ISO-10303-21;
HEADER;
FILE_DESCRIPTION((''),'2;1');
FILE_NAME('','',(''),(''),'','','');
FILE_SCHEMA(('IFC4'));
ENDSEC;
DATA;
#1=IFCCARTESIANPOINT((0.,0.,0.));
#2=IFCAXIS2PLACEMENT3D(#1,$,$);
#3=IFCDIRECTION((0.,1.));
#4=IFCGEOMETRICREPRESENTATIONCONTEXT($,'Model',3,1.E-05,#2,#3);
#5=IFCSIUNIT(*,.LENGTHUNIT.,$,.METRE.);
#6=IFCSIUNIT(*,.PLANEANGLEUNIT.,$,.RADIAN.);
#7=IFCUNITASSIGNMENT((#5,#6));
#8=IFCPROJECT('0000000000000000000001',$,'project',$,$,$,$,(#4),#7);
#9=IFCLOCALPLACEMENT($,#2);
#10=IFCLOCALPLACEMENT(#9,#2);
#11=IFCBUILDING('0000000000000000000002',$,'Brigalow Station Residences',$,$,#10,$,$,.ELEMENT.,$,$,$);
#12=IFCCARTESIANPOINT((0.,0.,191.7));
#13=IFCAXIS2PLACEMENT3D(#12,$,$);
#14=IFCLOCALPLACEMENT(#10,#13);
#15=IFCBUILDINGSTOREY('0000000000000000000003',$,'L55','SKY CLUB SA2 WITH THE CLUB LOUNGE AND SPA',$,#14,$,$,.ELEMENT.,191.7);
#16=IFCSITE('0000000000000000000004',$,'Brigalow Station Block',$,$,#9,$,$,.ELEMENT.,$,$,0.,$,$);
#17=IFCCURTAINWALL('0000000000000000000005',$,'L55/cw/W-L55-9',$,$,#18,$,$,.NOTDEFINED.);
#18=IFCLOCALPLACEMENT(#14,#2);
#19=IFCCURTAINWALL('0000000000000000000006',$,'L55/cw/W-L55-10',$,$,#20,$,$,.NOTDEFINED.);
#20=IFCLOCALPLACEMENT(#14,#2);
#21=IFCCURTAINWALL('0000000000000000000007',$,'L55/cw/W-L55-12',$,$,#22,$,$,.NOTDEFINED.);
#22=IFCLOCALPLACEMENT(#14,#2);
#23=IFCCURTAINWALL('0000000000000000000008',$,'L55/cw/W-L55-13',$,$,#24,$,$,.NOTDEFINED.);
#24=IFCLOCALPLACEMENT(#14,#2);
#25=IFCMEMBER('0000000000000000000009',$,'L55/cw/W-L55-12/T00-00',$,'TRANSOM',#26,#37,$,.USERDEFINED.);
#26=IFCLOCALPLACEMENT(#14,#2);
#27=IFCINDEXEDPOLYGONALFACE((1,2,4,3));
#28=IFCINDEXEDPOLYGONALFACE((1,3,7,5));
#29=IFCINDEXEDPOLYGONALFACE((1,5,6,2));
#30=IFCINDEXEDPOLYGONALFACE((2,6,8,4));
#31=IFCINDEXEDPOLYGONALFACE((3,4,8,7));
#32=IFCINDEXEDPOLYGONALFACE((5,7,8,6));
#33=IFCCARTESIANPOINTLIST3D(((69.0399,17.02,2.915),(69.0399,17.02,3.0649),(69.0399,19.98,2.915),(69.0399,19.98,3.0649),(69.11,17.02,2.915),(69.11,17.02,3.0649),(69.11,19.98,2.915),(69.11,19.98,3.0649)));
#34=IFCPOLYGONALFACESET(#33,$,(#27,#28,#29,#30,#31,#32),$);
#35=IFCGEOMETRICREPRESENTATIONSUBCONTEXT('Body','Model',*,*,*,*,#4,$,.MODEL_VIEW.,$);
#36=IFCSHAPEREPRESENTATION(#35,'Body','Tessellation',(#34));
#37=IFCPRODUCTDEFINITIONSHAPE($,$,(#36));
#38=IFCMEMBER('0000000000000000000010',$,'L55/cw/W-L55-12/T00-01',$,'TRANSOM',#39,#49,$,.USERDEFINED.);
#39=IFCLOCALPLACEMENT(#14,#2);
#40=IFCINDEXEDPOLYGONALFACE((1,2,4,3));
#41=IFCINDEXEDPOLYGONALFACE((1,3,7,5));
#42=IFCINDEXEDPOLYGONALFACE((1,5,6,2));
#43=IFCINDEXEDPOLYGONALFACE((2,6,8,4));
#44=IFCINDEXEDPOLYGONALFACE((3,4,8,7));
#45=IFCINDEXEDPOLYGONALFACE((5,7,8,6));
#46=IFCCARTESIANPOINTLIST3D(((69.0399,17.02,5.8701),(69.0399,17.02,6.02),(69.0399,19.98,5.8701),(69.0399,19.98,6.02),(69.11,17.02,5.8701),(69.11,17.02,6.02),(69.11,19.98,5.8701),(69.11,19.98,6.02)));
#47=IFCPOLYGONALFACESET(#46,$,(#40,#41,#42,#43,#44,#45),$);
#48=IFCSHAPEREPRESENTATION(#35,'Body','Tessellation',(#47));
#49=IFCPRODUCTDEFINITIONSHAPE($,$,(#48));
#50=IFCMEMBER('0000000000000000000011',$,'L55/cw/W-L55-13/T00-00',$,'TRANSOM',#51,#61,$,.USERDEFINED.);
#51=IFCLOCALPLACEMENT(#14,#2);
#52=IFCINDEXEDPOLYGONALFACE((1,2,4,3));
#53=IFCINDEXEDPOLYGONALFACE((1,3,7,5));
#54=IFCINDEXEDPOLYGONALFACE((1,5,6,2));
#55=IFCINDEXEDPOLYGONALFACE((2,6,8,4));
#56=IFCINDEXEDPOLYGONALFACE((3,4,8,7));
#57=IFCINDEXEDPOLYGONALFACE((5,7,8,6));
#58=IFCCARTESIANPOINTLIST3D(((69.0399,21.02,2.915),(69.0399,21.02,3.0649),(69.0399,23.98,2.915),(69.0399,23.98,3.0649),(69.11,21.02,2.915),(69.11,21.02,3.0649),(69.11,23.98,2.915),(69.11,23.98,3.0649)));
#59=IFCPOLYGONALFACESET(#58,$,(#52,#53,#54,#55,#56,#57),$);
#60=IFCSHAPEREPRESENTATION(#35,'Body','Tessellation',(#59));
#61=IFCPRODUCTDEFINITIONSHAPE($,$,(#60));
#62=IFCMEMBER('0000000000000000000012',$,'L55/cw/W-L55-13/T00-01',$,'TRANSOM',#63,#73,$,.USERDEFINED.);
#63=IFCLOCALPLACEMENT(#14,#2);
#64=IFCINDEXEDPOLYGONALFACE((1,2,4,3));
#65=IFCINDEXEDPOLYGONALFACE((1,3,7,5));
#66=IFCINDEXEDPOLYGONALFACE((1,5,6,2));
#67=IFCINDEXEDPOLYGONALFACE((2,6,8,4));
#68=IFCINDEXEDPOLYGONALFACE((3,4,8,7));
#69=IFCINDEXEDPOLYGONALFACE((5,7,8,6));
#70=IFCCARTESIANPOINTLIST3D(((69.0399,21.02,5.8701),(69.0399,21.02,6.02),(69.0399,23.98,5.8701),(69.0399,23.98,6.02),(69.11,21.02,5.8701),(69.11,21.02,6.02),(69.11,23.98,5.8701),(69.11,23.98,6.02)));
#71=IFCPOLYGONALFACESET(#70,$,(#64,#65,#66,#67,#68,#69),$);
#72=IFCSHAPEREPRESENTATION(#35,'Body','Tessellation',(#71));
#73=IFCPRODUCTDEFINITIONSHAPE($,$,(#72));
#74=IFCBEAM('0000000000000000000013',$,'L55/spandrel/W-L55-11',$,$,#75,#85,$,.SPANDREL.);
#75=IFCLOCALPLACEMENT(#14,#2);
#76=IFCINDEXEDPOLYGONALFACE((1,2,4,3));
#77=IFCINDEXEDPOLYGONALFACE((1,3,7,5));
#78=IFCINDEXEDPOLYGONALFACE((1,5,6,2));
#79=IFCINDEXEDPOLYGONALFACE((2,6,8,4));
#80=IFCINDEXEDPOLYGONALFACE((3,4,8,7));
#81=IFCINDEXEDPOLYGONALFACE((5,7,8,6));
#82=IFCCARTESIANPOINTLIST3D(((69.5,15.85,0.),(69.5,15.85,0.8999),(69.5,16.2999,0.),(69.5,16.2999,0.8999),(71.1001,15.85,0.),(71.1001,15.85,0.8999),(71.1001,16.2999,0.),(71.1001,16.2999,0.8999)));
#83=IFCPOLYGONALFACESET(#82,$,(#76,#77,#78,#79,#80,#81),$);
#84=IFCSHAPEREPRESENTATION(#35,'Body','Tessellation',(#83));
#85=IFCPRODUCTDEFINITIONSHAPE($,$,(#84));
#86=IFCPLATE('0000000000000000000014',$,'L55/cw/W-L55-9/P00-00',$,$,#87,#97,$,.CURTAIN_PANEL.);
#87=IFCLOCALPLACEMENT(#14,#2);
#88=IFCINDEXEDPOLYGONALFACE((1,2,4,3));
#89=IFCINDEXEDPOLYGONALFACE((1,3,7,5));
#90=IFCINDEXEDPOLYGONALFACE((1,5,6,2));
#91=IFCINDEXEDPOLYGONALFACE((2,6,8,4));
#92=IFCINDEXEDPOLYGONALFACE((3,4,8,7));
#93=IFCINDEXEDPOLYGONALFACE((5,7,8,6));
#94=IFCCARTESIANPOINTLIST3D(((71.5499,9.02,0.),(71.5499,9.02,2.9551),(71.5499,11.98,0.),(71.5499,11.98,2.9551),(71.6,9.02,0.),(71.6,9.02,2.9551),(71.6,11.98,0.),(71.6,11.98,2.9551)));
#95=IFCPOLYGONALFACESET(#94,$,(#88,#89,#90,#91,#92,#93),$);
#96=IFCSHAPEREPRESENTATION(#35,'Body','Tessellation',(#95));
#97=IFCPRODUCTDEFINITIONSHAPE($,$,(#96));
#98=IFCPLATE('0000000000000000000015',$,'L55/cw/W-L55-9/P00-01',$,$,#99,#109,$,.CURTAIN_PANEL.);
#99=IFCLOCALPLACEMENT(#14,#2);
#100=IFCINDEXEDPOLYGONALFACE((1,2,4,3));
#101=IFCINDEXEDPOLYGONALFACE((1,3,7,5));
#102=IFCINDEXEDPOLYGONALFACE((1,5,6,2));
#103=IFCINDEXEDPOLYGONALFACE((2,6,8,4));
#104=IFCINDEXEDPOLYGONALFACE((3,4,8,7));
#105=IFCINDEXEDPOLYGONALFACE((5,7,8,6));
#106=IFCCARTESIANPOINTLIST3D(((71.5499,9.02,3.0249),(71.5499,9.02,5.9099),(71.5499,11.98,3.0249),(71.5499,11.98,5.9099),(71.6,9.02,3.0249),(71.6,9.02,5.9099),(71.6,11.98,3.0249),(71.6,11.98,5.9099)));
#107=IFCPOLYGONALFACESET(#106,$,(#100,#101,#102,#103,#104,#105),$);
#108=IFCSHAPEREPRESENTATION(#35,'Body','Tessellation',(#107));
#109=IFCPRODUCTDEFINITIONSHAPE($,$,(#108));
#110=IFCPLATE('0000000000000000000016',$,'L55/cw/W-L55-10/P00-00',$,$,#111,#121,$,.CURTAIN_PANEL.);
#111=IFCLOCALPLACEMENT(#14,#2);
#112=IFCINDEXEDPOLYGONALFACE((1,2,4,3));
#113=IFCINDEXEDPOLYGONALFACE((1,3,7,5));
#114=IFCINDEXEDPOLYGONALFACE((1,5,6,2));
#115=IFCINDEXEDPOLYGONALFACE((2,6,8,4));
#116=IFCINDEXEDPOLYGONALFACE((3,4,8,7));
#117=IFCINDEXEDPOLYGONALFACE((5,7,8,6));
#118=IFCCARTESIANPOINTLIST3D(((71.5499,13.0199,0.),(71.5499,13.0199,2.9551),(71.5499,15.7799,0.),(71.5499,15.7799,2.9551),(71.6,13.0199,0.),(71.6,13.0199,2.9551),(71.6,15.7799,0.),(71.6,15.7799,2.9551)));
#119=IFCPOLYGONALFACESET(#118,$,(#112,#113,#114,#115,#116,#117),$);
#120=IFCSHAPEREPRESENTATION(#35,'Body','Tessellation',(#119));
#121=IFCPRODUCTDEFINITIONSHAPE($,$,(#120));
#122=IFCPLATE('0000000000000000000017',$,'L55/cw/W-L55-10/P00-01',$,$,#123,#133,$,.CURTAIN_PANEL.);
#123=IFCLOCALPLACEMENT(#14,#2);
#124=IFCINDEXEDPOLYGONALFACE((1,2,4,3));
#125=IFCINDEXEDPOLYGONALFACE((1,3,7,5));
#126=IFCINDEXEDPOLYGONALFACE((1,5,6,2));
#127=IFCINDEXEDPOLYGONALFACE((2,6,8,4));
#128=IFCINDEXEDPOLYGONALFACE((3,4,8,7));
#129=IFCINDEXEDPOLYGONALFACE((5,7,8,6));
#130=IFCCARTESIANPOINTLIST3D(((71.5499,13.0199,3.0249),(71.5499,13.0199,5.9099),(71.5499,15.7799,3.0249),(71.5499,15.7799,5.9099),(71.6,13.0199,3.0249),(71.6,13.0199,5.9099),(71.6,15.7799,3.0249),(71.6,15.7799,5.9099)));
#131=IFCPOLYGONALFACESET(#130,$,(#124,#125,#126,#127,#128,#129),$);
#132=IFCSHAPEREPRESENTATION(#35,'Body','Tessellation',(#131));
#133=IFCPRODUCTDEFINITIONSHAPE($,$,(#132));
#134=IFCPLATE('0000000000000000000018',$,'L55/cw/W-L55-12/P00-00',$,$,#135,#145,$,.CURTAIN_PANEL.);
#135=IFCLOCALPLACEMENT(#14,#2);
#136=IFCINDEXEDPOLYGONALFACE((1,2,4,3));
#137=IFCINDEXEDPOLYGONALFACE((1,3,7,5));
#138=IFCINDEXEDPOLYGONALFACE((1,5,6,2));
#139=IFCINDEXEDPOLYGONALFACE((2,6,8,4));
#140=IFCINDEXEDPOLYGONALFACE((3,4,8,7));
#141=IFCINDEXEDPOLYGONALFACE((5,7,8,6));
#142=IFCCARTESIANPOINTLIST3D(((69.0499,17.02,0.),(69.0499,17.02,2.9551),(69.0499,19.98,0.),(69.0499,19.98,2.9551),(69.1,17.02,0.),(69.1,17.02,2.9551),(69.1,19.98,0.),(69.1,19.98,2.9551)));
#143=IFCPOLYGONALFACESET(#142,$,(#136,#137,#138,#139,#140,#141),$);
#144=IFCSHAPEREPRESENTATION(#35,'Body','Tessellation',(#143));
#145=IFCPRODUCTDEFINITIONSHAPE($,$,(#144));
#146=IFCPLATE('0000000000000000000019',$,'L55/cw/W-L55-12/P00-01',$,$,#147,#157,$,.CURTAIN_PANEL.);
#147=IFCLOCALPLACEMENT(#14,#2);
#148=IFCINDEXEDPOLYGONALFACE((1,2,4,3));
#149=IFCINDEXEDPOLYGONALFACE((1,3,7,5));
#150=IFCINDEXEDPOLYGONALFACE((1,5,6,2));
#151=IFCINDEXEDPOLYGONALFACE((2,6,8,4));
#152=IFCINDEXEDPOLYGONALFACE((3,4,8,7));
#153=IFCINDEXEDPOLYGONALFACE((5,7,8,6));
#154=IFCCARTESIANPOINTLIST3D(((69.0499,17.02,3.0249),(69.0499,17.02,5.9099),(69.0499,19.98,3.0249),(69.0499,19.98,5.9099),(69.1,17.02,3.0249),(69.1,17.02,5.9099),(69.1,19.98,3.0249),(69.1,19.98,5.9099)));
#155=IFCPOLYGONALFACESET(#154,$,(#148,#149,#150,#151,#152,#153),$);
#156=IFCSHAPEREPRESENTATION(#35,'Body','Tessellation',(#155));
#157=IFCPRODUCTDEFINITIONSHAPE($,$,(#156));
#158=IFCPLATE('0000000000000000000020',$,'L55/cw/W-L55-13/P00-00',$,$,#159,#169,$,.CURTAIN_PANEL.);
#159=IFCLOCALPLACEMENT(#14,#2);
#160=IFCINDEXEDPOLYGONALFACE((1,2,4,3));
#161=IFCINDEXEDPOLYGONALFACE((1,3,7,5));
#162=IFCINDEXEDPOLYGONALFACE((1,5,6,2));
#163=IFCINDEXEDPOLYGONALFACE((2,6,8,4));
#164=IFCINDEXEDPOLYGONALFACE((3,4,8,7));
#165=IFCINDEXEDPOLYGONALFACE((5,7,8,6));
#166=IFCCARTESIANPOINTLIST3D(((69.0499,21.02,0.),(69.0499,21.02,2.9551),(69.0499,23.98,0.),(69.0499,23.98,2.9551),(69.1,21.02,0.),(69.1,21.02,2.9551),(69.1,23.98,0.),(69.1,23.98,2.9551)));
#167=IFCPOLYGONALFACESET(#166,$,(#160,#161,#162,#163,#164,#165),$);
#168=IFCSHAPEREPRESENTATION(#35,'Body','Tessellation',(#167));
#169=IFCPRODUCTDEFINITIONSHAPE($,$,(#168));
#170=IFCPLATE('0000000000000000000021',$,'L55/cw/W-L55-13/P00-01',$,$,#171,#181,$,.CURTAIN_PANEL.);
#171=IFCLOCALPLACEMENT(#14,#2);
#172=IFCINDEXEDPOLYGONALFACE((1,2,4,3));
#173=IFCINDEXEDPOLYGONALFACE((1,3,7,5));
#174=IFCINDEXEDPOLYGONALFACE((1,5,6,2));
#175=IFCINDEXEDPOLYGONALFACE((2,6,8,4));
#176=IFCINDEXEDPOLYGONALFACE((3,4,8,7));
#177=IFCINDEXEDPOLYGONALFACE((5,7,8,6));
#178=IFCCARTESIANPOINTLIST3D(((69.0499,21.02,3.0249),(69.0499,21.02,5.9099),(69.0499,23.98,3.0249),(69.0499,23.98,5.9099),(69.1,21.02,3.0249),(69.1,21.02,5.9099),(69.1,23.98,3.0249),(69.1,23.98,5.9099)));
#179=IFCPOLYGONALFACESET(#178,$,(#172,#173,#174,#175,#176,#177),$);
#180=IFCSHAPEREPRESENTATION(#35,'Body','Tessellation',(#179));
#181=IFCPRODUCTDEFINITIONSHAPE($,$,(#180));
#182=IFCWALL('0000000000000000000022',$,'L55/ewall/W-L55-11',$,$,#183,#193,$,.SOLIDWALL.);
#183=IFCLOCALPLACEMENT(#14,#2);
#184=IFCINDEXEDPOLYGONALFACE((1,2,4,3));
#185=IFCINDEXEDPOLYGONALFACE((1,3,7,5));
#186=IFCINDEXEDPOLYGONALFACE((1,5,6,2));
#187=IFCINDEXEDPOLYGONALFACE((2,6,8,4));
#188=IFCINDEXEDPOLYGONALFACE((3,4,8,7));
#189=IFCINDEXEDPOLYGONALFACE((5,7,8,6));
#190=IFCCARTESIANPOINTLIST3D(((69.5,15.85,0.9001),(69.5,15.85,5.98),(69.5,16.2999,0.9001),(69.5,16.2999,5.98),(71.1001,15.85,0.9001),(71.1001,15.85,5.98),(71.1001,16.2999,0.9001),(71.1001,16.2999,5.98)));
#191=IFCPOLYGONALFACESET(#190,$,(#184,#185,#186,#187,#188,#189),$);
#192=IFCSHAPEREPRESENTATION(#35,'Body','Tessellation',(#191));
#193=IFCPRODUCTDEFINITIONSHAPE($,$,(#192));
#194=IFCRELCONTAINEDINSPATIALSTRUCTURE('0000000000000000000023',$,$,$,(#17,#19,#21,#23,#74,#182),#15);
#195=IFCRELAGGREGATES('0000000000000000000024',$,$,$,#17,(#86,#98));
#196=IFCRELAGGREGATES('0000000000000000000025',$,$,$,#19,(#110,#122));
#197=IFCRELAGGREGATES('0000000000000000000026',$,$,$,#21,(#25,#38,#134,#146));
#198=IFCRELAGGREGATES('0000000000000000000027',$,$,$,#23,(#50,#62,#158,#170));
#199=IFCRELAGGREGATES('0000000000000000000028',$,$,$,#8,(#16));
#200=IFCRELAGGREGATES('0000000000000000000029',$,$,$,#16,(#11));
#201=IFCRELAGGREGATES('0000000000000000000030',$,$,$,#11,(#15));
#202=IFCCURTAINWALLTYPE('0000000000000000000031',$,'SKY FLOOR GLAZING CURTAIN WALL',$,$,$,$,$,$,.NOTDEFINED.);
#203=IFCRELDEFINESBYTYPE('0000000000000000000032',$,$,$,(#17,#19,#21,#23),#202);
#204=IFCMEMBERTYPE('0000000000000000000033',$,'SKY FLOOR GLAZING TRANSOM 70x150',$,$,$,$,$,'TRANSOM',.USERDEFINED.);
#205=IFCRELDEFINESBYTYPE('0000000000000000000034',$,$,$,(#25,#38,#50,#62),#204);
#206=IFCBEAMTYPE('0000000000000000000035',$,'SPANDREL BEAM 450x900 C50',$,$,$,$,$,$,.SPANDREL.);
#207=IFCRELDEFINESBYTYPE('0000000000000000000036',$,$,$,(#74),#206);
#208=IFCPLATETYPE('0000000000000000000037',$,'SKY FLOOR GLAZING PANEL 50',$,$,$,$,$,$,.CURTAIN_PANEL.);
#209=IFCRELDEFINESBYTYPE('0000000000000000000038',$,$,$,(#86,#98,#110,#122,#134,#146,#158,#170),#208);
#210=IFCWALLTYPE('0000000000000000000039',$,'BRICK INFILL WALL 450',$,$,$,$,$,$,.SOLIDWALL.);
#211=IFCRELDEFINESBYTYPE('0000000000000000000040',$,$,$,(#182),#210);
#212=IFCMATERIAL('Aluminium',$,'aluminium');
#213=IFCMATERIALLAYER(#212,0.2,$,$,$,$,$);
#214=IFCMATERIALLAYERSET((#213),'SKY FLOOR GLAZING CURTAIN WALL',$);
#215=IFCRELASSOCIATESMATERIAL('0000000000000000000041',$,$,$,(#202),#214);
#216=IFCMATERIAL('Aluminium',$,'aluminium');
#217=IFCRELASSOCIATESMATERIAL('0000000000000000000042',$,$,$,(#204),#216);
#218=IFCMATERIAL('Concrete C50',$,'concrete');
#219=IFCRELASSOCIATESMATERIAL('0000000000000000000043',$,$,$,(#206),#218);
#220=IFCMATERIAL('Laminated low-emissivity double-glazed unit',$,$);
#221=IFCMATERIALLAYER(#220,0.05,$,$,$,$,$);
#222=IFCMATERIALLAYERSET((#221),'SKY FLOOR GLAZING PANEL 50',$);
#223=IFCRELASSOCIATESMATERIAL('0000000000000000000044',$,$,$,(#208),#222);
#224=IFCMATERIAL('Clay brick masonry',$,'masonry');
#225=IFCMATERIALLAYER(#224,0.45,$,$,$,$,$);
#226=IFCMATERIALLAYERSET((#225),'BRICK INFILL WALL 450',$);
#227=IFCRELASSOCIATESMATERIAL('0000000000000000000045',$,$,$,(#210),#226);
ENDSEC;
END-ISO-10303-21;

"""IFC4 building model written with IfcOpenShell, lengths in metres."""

from ifc_helpers import new_model, si_unit, direction, frame, frame_2d, origin, origin_2d, place, context, subcontext, project, spatial, rectangle, extrude, material, layer, layer_set, material_profile, profile_set, type_object, element, aggregate, save


model = new_model("IFC4")

# Units and contexts
model_context = context("Model", 3, precision=1e-05, world=origin(), true_north=direction((0.0, 1.0)))
body_context = subcontext(model_context, "Body", "Model", "MODEL_VIEW")
ifc_project = project(units=[si_unit("LENGTHUNIT", "METRE"), si_unit("PLANEANGLEUNIT", "RADIAN")], contexts=[model_context])

# Site, building, storey
site_placement = place(None, origin())
site = spatial("IfcSite", under=ifc_project, at=site_placement, Name="Brigalow Station Block", CompositionType="ELEMENT", RefElevation=0.0)
building_placement = place(site_placement, origin())
building = spatial("IfcBuilding", under=site, at=building_placement, Name="Brigalow Station Residences", CompositionType="ELEMENT")
storey_placement = place(building_placement, frame((0.0, 0.0, 191.7)))
storey = spatial("IfcBuildingStorey", under=building, at=storey_placement, Name="L55", Description="SKY CLUB SA2 WITH THE CLUB LOUNGE AND SPA", CompositionType="ELEMENT", Elevation=191.7)

# Curtain walls
ifc_material_1 = material(Name="Aluminium", Category="aluminium")
ifc_layer_1 = layer(ifc_material_1, 0.2)
ifc_layer_set_1 = layer_set([ifc_layer_1], Name="SKY FLOOR GLAZING CURTAIN WALL")
curtain_wall_type = type_object("IfcCurtainWallType", Name="SKY FLOOR GLAZING CURTAIN WALL", PredefinedType="NOTDEFINED", material=ifc_layer_set_1)
curtain_wall_1_placement = place(storey_placement, origin())
curtain_wall_1 = element("IfcCurtainWall", 1, at=curtain_wall_1_placement, inside=storey, type_object=curtain_wall_type, Name="L55/cw/W-L55-9", PredefinedType="NOTDEFINED")
curtain_wall_2_placement = place(storey_placement, origin())
curtain_wall_2 = element("IfcCurtainWall", 2, at=curtain_wall_2_placement, inside=storey, type_object=curtain_wall_type, Name="L55/cw/W-L55-10", PredefinedType="NOTDEFINED")
curtain_wall_3_placement = place(storey_placement, origin())
curtain_wall_3 = element("IfcCurtainWall", 3, at=curtain_wall_3_placement, inside=storey, type_object=curtain_wall_type, Name="L55/cw/W-L55-12", PredefinedType="NOTDEFINED")

# Curtain wall
curtain_wall_4_placement = place(storey_placement, origin())
curtain_wall_4 = element("IfcCurtainWall", 4, at=curtain_wall_4_placement, inside=storey, type_object=curtain_wall_type, Name="L55/cw/W-L55-13", PredefinedType="NOTDEFINED")

# Members
ifc_material_2 = material(Name="Aluminium", Category="aluminium")
ifc_material_profile_1 = material_profile(ifc_material_2, rectangle(XDim=0.0701, YDim=0.1499, at=origin_2d()), Name="SKY FLOOR GLAZING TRANSOM 70x150")
ifc_profile_set_1 = profile_set([ifc_material_profile_1], Name="Aluminium")
member_type_1 = type_object("IfcMemberType", Name="SKY FLOOR GLAZING TRANSOM 70x150", ElementType="TRANSOM", PredefinedType="USERDEFINED", material=ifc_profile_set_1)
member_1_placement = place(storey_placement, frame((69.075, 17.02, 2.99), z_axis=(0.0, 1.0, 0.0), x_axis=(-1.0, 0.0, 0.0)))
member_1 = element("IfcMember", 5, at=member_1_placement, type_object=member_type_1, Name="L55/cw/W-L55-12/T00-00", ObjectType="TRANSOM", PredefinedType="USERDEFINED", context=body_context, shape_type="SweptSolid", body=[
    extrude(rectangle(XDim=0.0701, YDim=0.1499, at=origin_2d()), origin(), (0.0, 0.0, 1.0), 2.96),
])
member_2_placement = place(storey_placement, frame((69.075, 17.02, 5.9451), z_axis=(0.0, 1.0, 0.0), x_axis=(-1.0, 0.0, 0.0)))
member_2 = element("IfcMember", 6, at=member_2_placement, type_object=member_type_1, Name="L55/cw/W-L55-12/T00-01", ObjectType="TRANSOM", PredefinedType="USERDEFINED", context=body_context, shape_type="SweptSolid", body=[
    extrude(rectangle(XDim=0.0701, YDim=0.1499, at=origin_2d()), origin(), (0.0, 0.0, 1.0), 2.96),
])
member_3_placement = place(storey_placement, frame((69.075, 21.02, 2.99), z_axis=(0.0, 1.0, 0.0), x_axis=(-1.0, 0.0, 0.0)))
member_3 = element("IfcMember", 7, at=member_3_placement, type_object=member_type_1, Name="L55/cw/W-L55-13/T00-00", ObjectType="TRANSOM", PredefinedType="USERDEFINED", context=body_context, shape_type="SweptSolid", body=[
    extrude(rectangle(XDim=0.0701, YDim=0.1499, at=origin_2d()), origin(), (0.0, 0.0, 1.0), 2.96),
])
member_4_placement = place(storey_placement, frame((69.075, 21.02, 5.9451), z_axis=(0.0, 1.0, 0.0), x_axis=(-1.0, 0.0, 0.0)))
member_4 = element("IfcMember", 8, at=member_4_placement, type_object=member_type_1, Name="L55/cw/W-L55-13/T00-01", ObjectType="TRANSOM", PredefinedType="USERDEFINED", context=body_context, shape_type="SweptSolid", body=[
    extrude(rectangle(XDim=0.0701, YDim=0.1499, at=origin_2d()), origin(), (0.0, 0.0, 1.0), 2.96),
])

# Beam
ifc_material_3 = material(Name="Concrete C50", Category="concrete")
ifc_material_profile_2 = material_profile(ifc_material_3, rectangle(XDim=0.45, YDim=0.8999, at=origin_2d()), Name="RC450x900")
ifc_profile_set_2 = profile_set([ifc_material_profile_2], Name="Concrete C50")
beam_type = type_object("IfcBeamType", Name="SPANDREL BEAM 450x900 C50", PredefinedType="SPANDREL", material=ifc_profile_set_2)
beam_placement = place(storey_placement, frame((71.1001, 16.075, 0.45), z_axis=(-1.0, 0.0, 0.0), x_axis=(0.0, -1.0, 0.0)))
element("IfcBeam", 9, at=beam_placement, inside=storey, type_object=beam_type, Name="L55/spandrel/W-L55-11", PredefinedType="SPANDREL", context=body_context, shape_type="SweptSolid", body=[
    extrude(rectangle(XDim=0.45, YDim=0.8999, at=origin_2d()), origin(), (0.0, 0.0, 1.0), 1.6001),
])

# Plates
ifc_material_4 = material(Name="Laminated low-emissivity double-glazed unit")
ifc_layer_2 = layer(ifc_material_4, 0.05)
ifc_layer_set_2 = layer_set([ifc_layer_2], Name="SKY FLOOR GLAZING PANEL 50")
plate_type = type_object("IfcPlateType", Name="SKY FLOOR GLAZING PANEL 50", PredefinedType="CURTAIN_PANEL", material=ifc_layer_set_2)
plate_1_placement = place(storey_placement, frame((71.575, 10.5, 0.0), z_axis=(0.0, 0.0, 1.0), x_axis=(0.0, 1.0, 0.0)))
plate_1 = element("IfcPlate", 10, at=plate_1_placement, type_object=plate_type, Name="L55/cw/W-L55-9/P00-00", PredefinedType="CURTAIN_PANEL", context=body_context, shape_type="SweptSolid", body=[
    extrude(rectangle(XDim=2.96, YDim=0.05, at=origin_2d()), origin(), (0.0, 0.0, 1.0), 2.9551),
])
plate_2_placement = place(storey_placement, frame((71.575, 10.5, 3.0249), z_axis=(0.0, 0.0, 1.0), x_axis=(0.0, 1.0, 0.0)))
plate_2 = element("IfcPlate", 11, at=plate_2_placement, type_object=plate_type, Name="L55/cw/W-L55-9/P00-01", PredefinedType="CURTAIN_PANEL", context=body_context, shape_type="SweptSolid", body=[
    extrude(rectangle(XDim=2.96, YDim=0.05, at=origin_2d()), origin(), (0.0, 0.0, 1.0), 2.885),
])
aggregate(curtain_wall_1, [plate_1, plate_2])
plate_3_placement = place(storey_placement, frame((71.575, 14.3999, 0.0), z_axis=(0.0, 0.0, 1.0), x_axis=(0.0, 1.0, 0.0)))
plate_3 = element("IfcPlate", 12, at=plate_3_placement, type_object=plate_type, Name="L55/cw/W-L55-10/P00-00", PredefinedType="CURTAIN_PANEL", context=body_context, shape_type="SweptSolid", body=[
    extrude(rectangle(XDim=2.76, YDim=0.05, at=origin_2d()), origin(), (0.0, 0.0, 1.0), 2.9551),
])
plate_4_placement = place(storey_placement, frame((71.575, 14.3999, 3.0249), z_axis=(0.0, 0.0, 1.0), x_axis=(0.0, 1.0, 0.0)))
plate_4 = element("IfcPlate", 13, at=plate_4_placement, type_object=plate_type, Name="L55/cw/W-L55-10/P00-01", PredefinedType="CURTAIN_PANEL", context=body_context, shape_type="SweptSolid", body=[
    extrude(rectangle(XDim=2.76, YDim=0.05, at=origin_2d()), origin(), (0.0, 0.0, 1.0), 2.885),
])
aggregate(curtain_wall_2, [plate_3, plate_4])
plate_5_placement = place(storey_placement, frame((69.075, 18.5, 0.0), z_axis=(0.0, 0.0, 1.0), x_axis=(0.0, 1.0, 0.0)))
plate_5 = element("IfcPlate", 14, at=plate_5_placement, type_object=plate_type, Name="L55/cw/W-L55-12/P00-00", PredefinedType="CURTAIN_PANEL", context=body_context, shape_type="SweptSolid", body=[
    extrude(rectangle(XDim=2.96, YDim=0.05, at=origin_2d()), origin(), (0.0, 0.0, 1.0), 2.9551),
])
plate_6_placement = place(storey_placement, frame((69.075, 18.5, 3.0249), z_axis=(0.0, 0.0, 1.0), x_axis=(0.0, 1.0, 0.0)))
plate_6 = element("IfcPlate", 15, at=plate_6_placement, type_object=plate_type, Name="L55/cw/W-L55-12/P00-01", PredefinedType="CURTAIN_PANEL", context=body_context, shape_type="SweptSolid", body=[
    extrude(rectangle(XDim=2.96, YDim=0.05, at=origin_2d()), origin(), (0.0, 0.0, 1.0), 2.885),
])
aggregate(curtain_wall_3, [member_1, member_2, plate_5, plate_6])
plate_7_placement = place(storey_placement, frame((69.075, 22.5, 0.0), z_axis=(0.0, 0.0, 1.0), x_axis=(0.0, 1.0, 0.0)))
plate_7 = element("IfcPlate", 16, at=plate_7_placement, type_object=plate_type, Name="L55/cw/W-L55-13/P00-00", PredefinedType="CURTAIN_PANEL", context=body_context, shape_type="SweptSolid", body=[
    extrude(rectangle(XDim=2.96, YDim=0.05, at=origin_2d()), origin(), (0.0, 0.0, 1.0), 2.9551),
])
plate_8_placement = place(storey_placement, frame((69.075, 22.5, 3.0249), z_axis=(0.0, 0.0, 1.0), x_axis=(0.0, 1.0, 0.0)))
plate_8 = element("IfcPlate", 17, at=plate_8_placement, type_object=plate_type, Name="L55/cw/W-L55-13/P00-01", PredefinedType="CURTAIN_PANEL", context=body_context, shape_type="SweptSolid", body=[
    extrude(rectangle(XDim=2.96, YDim=0.05, at=origin_2d()), origin(), (0.0, 0.0, 1.0), 2.885),
])
aggregate(curtain_wall_4, [member_3, member_4, plate_7, plate_8])

# Wall
ifc_material_5 = material(Name="Clay brick masonry", Category="masonry")
ifc_layer_3 = layer(ifc_material_5, 0.45)
ifc_layer_set_3 = layer_set([ifc_layer_3], Name="BRICK INFILL WALL 450")
wall_type = type_object("IfcWallType", Name="BRICK INFILL WALL 450", PredefinedType="SOLIDWALL", material=ifc_layer_set_3)
wall_placement = place(storey_placement, frame((71.1001, 16.075, 0.9001), z_axis=(0.0, 0.0, 1.0), x_axis=(-1.0, 0.0, 0.0)))
element("IfcWall", 18, at=wall_placement, inside=storey, type_object=wall_type, Name="L55/ewall/W-L55-11", PredefinedType="SOLIDWALL", context=body_context, shape_type="SweptSolid", body=[
    extrude(rectangle(XDim=1.6001, YDim=0.45, at=frame_2d((0.8, 0.0))), origin(), (0.0, 0.0, 1.0), 5.0798),
])

save(model, "model.ifc")
